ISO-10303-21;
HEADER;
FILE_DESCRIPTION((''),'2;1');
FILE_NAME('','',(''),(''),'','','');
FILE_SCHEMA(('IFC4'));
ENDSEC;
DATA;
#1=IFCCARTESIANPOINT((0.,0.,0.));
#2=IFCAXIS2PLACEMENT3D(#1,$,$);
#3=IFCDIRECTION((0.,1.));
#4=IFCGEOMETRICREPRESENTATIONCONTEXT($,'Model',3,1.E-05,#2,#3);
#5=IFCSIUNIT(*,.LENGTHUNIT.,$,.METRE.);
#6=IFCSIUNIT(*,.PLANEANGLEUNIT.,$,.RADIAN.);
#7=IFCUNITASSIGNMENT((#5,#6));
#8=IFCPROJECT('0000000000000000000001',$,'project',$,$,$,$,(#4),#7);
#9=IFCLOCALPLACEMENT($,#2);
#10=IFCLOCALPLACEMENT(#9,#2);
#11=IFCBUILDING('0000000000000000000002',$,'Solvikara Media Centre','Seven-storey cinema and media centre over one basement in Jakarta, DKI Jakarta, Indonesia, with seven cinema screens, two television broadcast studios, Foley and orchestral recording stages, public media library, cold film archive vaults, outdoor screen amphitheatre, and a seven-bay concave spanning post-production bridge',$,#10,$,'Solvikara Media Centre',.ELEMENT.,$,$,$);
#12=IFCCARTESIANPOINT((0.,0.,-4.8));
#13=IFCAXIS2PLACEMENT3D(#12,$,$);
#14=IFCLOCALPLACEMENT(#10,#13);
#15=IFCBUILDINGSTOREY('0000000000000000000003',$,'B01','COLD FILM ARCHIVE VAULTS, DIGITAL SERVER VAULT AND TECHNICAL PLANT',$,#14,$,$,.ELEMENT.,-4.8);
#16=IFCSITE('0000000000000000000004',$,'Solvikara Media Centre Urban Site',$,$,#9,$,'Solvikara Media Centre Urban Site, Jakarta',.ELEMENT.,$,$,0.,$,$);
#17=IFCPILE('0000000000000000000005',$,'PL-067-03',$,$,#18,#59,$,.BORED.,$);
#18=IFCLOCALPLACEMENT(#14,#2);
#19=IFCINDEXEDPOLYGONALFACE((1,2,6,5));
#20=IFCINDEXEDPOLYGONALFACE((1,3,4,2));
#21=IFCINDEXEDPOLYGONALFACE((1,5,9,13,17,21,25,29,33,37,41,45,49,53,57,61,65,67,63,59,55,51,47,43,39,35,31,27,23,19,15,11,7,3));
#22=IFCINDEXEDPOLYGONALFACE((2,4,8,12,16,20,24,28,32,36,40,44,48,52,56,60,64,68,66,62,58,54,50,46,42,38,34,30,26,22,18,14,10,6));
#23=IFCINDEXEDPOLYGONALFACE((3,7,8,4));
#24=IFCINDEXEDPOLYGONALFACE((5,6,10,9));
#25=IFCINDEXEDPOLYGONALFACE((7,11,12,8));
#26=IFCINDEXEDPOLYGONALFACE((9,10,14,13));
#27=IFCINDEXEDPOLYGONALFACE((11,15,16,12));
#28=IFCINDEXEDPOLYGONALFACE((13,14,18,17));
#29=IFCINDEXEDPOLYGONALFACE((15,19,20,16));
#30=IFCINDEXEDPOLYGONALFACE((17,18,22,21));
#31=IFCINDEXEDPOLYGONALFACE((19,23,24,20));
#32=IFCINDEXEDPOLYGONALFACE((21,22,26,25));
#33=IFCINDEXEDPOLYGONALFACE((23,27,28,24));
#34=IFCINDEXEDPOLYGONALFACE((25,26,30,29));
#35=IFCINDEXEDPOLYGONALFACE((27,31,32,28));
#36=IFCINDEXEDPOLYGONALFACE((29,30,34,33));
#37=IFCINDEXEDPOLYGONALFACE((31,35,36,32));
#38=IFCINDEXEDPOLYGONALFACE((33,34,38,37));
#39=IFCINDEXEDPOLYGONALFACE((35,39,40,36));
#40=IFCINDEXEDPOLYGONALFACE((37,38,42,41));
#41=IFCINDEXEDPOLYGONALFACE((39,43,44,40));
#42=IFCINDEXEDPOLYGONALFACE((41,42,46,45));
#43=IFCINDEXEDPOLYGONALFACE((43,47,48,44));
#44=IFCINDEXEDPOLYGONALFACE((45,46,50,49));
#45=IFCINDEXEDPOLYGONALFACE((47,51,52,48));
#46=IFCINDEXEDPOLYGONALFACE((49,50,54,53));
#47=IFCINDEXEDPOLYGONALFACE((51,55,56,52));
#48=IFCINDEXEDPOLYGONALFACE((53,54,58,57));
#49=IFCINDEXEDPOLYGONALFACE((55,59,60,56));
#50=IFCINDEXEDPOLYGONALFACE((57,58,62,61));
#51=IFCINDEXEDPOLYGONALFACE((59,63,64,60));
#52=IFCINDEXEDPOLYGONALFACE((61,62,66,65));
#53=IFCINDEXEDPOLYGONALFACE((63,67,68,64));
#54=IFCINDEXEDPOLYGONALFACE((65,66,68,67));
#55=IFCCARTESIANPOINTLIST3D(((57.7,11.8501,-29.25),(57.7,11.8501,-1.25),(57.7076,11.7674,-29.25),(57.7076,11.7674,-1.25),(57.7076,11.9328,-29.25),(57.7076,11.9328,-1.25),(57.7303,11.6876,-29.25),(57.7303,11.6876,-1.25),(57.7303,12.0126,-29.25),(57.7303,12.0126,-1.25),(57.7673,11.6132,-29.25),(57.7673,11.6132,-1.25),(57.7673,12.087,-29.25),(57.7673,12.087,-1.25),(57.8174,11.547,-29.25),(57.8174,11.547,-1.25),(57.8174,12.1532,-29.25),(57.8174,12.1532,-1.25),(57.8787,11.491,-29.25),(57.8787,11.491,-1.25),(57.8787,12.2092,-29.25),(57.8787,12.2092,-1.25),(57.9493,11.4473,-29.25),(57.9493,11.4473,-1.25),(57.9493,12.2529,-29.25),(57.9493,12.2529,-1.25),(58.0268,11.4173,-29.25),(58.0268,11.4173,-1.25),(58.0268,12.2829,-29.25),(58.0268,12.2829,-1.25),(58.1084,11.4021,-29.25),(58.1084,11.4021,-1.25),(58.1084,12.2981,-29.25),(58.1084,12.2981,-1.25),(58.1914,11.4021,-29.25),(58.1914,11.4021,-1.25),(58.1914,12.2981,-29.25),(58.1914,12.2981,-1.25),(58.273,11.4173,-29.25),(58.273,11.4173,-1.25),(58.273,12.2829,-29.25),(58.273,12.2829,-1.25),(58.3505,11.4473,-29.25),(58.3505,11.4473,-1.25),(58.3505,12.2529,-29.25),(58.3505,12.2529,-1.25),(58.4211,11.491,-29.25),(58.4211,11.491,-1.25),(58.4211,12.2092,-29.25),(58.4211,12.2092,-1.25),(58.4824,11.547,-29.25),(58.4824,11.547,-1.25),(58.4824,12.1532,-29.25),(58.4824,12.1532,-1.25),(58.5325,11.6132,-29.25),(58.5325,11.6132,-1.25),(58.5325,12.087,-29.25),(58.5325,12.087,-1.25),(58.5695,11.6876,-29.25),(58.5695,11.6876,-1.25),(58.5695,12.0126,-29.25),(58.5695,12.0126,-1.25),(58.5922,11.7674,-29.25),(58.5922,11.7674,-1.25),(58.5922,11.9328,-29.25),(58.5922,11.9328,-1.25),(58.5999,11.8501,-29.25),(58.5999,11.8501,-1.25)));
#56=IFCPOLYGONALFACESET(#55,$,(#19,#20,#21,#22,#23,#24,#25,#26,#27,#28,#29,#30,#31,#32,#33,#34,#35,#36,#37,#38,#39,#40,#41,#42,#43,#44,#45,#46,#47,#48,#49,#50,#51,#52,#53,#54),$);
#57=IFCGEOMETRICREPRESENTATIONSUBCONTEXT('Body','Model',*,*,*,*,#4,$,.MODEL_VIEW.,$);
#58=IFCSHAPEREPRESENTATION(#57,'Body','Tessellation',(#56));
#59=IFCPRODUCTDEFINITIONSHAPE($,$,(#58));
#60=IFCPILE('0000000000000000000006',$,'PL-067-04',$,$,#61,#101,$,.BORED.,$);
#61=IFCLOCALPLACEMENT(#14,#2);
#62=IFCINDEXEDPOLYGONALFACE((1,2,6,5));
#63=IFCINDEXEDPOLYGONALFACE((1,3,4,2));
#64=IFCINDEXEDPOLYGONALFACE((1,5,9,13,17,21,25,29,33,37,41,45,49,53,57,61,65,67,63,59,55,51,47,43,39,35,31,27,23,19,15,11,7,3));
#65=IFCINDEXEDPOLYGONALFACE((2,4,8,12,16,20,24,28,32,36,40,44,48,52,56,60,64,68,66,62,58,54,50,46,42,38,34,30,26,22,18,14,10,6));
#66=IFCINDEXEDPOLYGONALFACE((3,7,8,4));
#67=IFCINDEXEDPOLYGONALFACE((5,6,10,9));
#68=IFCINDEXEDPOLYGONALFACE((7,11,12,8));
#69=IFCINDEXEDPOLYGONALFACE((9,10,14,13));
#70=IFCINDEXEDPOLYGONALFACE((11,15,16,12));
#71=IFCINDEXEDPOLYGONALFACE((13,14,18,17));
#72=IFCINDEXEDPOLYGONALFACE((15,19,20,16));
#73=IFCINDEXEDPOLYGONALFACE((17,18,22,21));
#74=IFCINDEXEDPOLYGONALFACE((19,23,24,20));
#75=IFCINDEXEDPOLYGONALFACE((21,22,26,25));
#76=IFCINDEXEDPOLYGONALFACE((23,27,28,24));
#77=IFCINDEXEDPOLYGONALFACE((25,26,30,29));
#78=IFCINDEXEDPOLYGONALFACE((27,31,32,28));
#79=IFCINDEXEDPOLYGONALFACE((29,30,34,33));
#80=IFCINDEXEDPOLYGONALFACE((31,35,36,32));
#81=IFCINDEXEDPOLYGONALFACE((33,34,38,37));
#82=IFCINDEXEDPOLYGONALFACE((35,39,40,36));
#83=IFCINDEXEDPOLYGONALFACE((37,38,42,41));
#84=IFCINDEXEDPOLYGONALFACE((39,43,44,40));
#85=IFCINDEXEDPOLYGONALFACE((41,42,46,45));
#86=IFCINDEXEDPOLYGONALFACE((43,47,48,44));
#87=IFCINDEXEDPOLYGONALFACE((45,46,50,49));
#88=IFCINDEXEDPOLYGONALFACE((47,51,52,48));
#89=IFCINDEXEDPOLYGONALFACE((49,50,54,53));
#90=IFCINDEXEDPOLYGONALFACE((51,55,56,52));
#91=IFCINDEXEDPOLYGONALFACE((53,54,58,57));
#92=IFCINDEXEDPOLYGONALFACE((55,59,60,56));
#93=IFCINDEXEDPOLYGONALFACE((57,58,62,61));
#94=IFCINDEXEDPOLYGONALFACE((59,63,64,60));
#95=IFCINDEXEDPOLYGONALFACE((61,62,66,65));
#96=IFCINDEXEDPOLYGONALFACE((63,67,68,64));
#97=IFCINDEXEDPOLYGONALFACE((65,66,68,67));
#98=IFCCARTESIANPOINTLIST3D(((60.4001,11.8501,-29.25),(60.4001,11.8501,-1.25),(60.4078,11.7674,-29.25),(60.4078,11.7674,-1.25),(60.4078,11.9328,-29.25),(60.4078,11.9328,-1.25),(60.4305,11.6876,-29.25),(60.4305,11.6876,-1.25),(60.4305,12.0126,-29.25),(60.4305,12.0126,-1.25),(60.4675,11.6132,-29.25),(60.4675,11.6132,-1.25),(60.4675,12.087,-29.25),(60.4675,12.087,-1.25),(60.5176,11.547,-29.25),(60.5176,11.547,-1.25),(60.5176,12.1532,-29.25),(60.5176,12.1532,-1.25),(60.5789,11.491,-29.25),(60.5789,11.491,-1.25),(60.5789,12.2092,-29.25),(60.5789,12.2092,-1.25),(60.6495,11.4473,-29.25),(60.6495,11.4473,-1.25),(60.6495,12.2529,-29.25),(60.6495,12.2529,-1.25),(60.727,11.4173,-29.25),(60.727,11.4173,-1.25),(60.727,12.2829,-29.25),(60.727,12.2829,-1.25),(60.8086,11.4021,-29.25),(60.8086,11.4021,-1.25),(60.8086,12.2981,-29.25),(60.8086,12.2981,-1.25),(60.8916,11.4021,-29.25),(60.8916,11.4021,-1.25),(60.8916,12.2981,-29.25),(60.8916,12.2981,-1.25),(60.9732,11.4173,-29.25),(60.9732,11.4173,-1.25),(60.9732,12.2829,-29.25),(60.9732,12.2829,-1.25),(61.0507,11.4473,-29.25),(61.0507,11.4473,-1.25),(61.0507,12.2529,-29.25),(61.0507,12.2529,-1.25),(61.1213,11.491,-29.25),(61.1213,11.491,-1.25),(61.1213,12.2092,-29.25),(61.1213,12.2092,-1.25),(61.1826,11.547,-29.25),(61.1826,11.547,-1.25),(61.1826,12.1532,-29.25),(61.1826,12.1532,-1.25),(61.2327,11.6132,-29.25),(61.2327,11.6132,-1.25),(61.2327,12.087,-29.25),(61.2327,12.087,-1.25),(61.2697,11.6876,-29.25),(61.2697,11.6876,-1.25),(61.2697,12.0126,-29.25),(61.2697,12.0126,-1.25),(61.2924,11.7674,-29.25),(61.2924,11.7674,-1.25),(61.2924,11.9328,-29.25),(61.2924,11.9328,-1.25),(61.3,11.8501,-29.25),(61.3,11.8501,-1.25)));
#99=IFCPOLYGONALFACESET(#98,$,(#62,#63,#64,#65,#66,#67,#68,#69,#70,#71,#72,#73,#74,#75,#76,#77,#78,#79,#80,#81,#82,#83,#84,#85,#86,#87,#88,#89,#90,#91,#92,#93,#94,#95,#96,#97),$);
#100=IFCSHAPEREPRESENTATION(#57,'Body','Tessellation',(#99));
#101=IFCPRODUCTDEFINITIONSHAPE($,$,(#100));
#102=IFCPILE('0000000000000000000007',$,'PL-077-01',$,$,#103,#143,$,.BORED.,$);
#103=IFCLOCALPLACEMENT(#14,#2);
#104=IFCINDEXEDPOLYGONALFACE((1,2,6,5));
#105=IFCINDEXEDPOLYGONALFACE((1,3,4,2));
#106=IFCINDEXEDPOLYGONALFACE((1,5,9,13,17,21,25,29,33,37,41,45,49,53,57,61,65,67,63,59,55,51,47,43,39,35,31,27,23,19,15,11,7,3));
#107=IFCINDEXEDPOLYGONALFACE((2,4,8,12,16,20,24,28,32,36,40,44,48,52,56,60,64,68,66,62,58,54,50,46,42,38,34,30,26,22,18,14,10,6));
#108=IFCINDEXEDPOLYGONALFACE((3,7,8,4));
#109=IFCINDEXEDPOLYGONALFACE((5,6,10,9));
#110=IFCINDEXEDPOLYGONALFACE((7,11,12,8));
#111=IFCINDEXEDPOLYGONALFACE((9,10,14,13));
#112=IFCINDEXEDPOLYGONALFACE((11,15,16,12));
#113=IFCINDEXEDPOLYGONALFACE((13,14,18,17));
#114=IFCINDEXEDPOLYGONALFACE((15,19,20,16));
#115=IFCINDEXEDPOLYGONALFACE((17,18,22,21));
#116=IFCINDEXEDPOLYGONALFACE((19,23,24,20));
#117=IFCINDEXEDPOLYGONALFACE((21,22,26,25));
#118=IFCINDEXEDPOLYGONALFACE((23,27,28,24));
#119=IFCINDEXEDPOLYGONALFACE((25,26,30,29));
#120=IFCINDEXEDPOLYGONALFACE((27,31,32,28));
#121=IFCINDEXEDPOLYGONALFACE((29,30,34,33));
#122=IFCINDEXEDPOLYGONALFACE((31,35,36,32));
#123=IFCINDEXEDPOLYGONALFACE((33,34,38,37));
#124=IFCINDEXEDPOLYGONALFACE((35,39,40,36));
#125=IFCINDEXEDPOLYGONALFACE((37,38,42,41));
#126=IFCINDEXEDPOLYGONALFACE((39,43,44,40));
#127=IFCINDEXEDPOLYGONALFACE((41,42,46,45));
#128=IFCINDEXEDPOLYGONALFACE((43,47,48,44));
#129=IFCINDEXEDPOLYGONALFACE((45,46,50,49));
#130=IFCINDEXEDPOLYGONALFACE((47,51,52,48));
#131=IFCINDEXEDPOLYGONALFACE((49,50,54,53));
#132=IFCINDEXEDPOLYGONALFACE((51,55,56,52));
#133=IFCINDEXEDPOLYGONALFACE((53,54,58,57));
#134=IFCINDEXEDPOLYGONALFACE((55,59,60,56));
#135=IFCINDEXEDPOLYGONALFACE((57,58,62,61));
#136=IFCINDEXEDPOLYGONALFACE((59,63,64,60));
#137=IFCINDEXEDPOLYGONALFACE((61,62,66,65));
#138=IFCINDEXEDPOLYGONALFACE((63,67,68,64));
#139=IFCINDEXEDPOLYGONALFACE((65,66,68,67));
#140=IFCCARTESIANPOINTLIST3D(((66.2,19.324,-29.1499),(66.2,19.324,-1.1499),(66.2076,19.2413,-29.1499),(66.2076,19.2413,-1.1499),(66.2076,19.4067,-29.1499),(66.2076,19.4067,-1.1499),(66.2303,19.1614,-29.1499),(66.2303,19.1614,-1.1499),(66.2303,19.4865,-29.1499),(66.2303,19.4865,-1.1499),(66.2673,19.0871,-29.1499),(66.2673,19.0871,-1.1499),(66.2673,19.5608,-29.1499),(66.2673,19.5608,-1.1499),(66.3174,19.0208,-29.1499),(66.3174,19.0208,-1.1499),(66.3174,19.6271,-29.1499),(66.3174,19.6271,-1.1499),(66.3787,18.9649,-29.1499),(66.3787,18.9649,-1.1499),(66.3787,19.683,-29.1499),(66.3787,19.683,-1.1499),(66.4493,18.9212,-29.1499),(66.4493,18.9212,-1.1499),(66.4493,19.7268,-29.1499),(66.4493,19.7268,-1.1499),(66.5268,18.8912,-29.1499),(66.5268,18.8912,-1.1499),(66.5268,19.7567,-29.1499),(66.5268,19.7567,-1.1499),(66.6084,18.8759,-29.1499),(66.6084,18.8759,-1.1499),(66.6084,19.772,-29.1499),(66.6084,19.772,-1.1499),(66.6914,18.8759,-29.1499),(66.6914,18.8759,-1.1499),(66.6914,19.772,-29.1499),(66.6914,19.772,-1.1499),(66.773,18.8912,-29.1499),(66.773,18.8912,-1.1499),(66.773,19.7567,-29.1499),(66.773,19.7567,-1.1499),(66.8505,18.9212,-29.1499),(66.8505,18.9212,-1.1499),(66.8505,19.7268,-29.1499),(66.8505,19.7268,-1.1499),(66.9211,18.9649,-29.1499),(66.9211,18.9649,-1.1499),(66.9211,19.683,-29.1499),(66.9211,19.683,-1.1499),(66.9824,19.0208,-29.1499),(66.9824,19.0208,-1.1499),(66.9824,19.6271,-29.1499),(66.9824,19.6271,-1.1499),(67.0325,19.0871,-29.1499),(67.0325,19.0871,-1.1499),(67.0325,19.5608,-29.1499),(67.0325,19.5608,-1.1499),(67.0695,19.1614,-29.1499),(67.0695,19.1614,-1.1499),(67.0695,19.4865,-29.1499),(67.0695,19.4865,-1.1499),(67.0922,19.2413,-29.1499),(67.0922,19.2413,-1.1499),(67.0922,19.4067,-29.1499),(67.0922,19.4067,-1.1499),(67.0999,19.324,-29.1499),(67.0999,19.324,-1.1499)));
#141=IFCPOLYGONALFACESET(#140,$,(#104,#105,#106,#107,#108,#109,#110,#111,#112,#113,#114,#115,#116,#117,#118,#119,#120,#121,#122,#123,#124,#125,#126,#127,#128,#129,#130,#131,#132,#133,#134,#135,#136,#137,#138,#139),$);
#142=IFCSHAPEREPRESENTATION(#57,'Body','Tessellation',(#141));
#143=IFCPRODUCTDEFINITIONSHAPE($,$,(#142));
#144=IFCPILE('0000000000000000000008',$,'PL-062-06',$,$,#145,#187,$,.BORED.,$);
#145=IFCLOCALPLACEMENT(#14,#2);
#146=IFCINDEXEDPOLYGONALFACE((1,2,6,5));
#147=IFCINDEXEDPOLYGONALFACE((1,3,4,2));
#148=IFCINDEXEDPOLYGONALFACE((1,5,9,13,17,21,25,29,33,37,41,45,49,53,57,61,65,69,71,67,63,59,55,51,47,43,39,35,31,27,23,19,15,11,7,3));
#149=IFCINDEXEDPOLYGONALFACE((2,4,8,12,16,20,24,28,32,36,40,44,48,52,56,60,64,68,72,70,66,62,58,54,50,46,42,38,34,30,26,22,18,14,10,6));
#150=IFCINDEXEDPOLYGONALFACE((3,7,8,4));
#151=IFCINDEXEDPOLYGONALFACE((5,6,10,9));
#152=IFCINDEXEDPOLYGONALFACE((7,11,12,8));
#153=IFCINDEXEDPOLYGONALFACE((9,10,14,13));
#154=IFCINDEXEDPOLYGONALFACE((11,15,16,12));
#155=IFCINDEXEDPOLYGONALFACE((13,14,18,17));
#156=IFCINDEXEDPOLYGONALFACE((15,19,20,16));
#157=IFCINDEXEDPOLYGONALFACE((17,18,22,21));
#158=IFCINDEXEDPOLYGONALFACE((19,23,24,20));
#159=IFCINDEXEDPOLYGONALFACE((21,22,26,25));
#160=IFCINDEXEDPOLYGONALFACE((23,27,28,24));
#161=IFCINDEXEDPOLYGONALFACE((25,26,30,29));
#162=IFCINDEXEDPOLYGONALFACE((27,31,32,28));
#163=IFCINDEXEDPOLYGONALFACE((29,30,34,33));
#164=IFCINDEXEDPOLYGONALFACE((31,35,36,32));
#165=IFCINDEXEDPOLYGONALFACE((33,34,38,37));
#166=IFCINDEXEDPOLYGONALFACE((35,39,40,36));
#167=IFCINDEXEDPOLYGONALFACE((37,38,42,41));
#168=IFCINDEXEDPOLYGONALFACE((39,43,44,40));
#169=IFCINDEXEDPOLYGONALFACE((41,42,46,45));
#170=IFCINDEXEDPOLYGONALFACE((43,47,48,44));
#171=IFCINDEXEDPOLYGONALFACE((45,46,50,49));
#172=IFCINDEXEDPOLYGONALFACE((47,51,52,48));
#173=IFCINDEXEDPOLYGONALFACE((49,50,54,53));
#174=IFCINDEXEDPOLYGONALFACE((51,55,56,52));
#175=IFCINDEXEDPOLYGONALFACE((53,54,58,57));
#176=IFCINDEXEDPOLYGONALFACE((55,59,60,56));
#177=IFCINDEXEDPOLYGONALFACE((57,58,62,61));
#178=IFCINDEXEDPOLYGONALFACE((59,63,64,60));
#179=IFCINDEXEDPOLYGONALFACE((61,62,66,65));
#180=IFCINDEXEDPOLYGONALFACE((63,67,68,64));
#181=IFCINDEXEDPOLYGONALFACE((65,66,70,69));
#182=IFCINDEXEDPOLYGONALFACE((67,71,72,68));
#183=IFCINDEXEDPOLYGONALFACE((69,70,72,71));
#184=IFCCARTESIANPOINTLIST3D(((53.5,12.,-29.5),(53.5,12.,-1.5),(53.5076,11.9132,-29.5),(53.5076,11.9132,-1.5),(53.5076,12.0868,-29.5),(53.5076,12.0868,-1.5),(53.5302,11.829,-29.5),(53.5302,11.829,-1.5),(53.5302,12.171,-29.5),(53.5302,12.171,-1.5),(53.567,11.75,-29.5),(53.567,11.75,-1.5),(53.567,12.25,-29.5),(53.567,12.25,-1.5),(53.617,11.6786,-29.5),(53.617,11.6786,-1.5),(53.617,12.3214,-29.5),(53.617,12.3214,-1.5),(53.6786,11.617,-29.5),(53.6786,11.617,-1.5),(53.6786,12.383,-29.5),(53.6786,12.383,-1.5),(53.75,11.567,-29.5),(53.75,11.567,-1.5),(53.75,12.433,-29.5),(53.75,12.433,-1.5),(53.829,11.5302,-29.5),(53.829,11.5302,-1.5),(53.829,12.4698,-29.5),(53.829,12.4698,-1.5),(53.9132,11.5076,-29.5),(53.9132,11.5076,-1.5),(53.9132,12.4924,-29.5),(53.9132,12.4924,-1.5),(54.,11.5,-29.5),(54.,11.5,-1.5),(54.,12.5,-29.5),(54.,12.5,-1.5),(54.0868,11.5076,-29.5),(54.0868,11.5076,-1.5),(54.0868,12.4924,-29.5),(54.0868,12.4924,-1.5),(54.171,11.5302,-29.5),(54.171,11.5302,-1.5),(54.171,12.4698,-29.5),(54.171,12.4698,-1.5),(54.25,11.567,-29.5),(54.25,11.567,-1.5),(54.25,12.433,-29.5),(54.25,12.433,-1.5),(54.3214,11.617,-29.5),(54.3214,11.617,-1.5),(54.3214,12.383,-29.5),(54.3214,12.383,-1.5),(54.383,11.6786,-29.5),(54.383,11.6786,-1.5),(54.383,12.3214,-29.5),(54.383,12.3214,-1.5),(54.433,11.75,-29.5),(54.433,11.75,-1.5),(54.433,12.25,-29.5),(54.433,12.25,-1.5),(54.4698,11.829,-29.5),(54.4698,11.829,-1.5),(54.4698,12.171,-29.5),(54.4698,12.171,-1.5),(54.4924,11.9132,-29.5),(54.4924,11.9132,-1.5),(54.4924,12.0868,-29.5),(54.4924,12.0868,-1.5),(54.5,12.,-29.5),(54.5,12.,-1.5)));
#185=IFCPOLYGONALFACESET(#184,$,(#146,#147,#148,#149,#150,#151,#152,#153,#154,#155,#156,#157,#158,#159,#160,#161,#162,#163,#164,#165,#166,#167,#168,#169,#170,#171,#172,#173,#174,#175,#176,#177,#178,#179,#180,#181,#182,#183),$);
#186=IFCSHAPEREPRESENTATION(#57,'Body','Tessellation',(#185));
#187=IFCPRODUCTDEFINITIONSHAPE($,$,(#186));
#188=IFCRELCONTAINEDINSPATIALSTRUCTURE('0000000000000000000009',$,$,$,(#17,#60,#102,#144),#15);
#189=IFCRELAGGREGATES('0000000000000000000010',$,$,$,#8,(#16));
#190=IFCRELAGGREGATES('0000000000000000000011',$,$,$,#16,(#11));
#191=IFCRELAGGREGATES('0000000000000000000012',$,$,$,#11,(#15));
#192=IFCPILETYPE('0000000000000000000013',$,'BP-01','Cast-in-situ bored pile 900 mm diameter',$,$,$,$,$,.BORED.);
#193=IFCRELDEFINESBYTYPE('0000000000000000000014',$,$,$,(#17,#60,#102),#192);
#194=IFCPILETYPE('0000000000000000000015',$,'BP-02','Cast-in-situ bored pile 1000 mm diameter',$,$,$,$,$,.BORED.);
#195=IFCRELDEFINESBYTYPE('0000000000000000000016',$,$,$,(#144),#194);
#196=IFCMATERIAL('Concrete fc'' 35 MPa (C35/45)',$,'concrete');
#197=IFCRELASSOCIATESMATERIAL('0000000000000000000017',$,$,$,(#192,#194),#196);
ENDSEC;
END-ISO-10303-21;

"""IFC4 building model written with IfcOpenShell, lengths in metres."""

from ifc_helpers import new_model, si_unit, direction, frame, origin, origin_2d, place, context, subcontext, project, spatial, circle, extrude, material, material_profile, profile_set, type_object, element, save


model = new_model("IFC4")

# Units and contexts
model_context = context("Model", 3, precision=1e-05, world=origin(), true_north=direction((0.0, 1.0)))
body_context = subcontext(model_context, "Body", "Model", "MODEL_VIEW")
ifc_project = project(units=[si_unit("LENGTHUNIT", "METRE"), si_unit("PLANEANGLEUNIT", "RADIAN")], contexts=[model_context])

# Site, building, storey
site_placement = place(None, origin())
site = spatial("IfcSite", under=ifc_project, at=site_placement, Name="Solvikara Media Centre Urban Site", LongName="Solvikara Media Centre Urban Site, Jakarta", CompositionType="ELEMENT", RefElevation=0.0)
building_placement = place(site_placement, origin())
building = spatial("IfcBuilding", under=site, at=building_placement, Name="Solvikara Media Centre", Description="Seven-storey cinema and media centre over one basement in Jakarta, DKI Jakarta, Indonesia, with seven cinema screens, two television broadcast studios, Foley and orchestral recording stages, public media library, cold film archive vaults, outdoor screen amphitheatre, and a seven-bay concave spanning post-production bridge", LongName="Solvikara Media Centre", CompositionType="ELEMENT")
storey_placement = place(building_placement, frame((0.0, 0.0, -4.8)))
storey = spatial("IfcBuildingStorey", under=building, at=storey_placement, Name="B01", Description="COLD FILM ARCHIVE VAULTS, DIGITAL SERVER VAULT AND TECHNICAL PLANT", CompositionType="ELEMENT", Elevation=-4.8)

# Piles
ifc_material_1 = material(Name="Concrete fc' 35 MPa (C35/45)", Category="concrete")
ifc_material_profile_1 = material_profile(ifc_material_1, circle(Radius=0.45, at=origin_2d()), Name="BORED PILE D900")
ifc_profile_set_1 = profile_set([ifc_material_profile_1], Name="Concrete fc' 35 MPa (C35/45)")
pile_type_1 = type_object("IfcPileType", Name="BP-01", Description="Cast-in-situ bored pile 900 mm diameter", PredefinedType="BORED", material=ifc_profile_set_1)
for number, where, z_axis, x_axis, name in (
    (1, (58.1499, 11.8501, -1.25), (0.0, 0.0, -1.0), (1.0, 0.0, 0.0), "PL-067-03"),
    (2, (60.8501, 11.8501, -1.25), (0.0, 0.0, -1.0), (1.0, 0.0, 0.0), "PL-067-04"),
    (3, (66.6499, 19.324, -1.1499), (0.0, 0.0, -1.0), (1.0, 0.0, 0.0), "PL-077-01"),
):
    element("IfcPile", number, at=place(storey_placement, frame(where, z_axis=z_axis, x_axis=x_axis)), inside=storey, type_object=pile_type_1, Name=name, PredefinedType="BORED", context=body_context, shape_type="SweptSolid", body=[
        extrude(circle(Radius=0.45, at=origin_2d()), origin(), (0.0, 0.0, 1.0), 28.0),
    ])
ifc_material_profile_2 = material_profile(ifc_material_1, circle(Radius=0.5, at=origin_2d()), Name="BORED PILE D1000")
ifc_profile_set_2 = profile_set([ifc_material_profile_2], Name="Concrete fc' 35 MPa (C35/45)")
pile_type_2 = type_object("IfcPileType", Name="BP-02", Description="Cast-in-situ bored pile 1000 mm diameter", PredefinedType="BORED", material=ifc_profile_set_2)
for number, where, z_axis, x_axis, name in (
    (4, (54.0, 12.0, -1.5), (0.0, 0.0, -1.0), (1.0, 0.0, 0.0), "PL-062-06"),
):
    element("IfcPile", number, at=place(storey_placement, frame(where, z_axis=z_axis, x_axis=x_axis)), inside=storey, type_object=pile_type_2, Name=name, PredefinedType="BORED", context=body_context, shape_type="SweptSolid", body=[
        extrude(circle(Radius=0.5, at=origin_2d()), origin(), (0.0, 0.0, 1.0), 28.0),
    ])

save(model, "model.ifc")
